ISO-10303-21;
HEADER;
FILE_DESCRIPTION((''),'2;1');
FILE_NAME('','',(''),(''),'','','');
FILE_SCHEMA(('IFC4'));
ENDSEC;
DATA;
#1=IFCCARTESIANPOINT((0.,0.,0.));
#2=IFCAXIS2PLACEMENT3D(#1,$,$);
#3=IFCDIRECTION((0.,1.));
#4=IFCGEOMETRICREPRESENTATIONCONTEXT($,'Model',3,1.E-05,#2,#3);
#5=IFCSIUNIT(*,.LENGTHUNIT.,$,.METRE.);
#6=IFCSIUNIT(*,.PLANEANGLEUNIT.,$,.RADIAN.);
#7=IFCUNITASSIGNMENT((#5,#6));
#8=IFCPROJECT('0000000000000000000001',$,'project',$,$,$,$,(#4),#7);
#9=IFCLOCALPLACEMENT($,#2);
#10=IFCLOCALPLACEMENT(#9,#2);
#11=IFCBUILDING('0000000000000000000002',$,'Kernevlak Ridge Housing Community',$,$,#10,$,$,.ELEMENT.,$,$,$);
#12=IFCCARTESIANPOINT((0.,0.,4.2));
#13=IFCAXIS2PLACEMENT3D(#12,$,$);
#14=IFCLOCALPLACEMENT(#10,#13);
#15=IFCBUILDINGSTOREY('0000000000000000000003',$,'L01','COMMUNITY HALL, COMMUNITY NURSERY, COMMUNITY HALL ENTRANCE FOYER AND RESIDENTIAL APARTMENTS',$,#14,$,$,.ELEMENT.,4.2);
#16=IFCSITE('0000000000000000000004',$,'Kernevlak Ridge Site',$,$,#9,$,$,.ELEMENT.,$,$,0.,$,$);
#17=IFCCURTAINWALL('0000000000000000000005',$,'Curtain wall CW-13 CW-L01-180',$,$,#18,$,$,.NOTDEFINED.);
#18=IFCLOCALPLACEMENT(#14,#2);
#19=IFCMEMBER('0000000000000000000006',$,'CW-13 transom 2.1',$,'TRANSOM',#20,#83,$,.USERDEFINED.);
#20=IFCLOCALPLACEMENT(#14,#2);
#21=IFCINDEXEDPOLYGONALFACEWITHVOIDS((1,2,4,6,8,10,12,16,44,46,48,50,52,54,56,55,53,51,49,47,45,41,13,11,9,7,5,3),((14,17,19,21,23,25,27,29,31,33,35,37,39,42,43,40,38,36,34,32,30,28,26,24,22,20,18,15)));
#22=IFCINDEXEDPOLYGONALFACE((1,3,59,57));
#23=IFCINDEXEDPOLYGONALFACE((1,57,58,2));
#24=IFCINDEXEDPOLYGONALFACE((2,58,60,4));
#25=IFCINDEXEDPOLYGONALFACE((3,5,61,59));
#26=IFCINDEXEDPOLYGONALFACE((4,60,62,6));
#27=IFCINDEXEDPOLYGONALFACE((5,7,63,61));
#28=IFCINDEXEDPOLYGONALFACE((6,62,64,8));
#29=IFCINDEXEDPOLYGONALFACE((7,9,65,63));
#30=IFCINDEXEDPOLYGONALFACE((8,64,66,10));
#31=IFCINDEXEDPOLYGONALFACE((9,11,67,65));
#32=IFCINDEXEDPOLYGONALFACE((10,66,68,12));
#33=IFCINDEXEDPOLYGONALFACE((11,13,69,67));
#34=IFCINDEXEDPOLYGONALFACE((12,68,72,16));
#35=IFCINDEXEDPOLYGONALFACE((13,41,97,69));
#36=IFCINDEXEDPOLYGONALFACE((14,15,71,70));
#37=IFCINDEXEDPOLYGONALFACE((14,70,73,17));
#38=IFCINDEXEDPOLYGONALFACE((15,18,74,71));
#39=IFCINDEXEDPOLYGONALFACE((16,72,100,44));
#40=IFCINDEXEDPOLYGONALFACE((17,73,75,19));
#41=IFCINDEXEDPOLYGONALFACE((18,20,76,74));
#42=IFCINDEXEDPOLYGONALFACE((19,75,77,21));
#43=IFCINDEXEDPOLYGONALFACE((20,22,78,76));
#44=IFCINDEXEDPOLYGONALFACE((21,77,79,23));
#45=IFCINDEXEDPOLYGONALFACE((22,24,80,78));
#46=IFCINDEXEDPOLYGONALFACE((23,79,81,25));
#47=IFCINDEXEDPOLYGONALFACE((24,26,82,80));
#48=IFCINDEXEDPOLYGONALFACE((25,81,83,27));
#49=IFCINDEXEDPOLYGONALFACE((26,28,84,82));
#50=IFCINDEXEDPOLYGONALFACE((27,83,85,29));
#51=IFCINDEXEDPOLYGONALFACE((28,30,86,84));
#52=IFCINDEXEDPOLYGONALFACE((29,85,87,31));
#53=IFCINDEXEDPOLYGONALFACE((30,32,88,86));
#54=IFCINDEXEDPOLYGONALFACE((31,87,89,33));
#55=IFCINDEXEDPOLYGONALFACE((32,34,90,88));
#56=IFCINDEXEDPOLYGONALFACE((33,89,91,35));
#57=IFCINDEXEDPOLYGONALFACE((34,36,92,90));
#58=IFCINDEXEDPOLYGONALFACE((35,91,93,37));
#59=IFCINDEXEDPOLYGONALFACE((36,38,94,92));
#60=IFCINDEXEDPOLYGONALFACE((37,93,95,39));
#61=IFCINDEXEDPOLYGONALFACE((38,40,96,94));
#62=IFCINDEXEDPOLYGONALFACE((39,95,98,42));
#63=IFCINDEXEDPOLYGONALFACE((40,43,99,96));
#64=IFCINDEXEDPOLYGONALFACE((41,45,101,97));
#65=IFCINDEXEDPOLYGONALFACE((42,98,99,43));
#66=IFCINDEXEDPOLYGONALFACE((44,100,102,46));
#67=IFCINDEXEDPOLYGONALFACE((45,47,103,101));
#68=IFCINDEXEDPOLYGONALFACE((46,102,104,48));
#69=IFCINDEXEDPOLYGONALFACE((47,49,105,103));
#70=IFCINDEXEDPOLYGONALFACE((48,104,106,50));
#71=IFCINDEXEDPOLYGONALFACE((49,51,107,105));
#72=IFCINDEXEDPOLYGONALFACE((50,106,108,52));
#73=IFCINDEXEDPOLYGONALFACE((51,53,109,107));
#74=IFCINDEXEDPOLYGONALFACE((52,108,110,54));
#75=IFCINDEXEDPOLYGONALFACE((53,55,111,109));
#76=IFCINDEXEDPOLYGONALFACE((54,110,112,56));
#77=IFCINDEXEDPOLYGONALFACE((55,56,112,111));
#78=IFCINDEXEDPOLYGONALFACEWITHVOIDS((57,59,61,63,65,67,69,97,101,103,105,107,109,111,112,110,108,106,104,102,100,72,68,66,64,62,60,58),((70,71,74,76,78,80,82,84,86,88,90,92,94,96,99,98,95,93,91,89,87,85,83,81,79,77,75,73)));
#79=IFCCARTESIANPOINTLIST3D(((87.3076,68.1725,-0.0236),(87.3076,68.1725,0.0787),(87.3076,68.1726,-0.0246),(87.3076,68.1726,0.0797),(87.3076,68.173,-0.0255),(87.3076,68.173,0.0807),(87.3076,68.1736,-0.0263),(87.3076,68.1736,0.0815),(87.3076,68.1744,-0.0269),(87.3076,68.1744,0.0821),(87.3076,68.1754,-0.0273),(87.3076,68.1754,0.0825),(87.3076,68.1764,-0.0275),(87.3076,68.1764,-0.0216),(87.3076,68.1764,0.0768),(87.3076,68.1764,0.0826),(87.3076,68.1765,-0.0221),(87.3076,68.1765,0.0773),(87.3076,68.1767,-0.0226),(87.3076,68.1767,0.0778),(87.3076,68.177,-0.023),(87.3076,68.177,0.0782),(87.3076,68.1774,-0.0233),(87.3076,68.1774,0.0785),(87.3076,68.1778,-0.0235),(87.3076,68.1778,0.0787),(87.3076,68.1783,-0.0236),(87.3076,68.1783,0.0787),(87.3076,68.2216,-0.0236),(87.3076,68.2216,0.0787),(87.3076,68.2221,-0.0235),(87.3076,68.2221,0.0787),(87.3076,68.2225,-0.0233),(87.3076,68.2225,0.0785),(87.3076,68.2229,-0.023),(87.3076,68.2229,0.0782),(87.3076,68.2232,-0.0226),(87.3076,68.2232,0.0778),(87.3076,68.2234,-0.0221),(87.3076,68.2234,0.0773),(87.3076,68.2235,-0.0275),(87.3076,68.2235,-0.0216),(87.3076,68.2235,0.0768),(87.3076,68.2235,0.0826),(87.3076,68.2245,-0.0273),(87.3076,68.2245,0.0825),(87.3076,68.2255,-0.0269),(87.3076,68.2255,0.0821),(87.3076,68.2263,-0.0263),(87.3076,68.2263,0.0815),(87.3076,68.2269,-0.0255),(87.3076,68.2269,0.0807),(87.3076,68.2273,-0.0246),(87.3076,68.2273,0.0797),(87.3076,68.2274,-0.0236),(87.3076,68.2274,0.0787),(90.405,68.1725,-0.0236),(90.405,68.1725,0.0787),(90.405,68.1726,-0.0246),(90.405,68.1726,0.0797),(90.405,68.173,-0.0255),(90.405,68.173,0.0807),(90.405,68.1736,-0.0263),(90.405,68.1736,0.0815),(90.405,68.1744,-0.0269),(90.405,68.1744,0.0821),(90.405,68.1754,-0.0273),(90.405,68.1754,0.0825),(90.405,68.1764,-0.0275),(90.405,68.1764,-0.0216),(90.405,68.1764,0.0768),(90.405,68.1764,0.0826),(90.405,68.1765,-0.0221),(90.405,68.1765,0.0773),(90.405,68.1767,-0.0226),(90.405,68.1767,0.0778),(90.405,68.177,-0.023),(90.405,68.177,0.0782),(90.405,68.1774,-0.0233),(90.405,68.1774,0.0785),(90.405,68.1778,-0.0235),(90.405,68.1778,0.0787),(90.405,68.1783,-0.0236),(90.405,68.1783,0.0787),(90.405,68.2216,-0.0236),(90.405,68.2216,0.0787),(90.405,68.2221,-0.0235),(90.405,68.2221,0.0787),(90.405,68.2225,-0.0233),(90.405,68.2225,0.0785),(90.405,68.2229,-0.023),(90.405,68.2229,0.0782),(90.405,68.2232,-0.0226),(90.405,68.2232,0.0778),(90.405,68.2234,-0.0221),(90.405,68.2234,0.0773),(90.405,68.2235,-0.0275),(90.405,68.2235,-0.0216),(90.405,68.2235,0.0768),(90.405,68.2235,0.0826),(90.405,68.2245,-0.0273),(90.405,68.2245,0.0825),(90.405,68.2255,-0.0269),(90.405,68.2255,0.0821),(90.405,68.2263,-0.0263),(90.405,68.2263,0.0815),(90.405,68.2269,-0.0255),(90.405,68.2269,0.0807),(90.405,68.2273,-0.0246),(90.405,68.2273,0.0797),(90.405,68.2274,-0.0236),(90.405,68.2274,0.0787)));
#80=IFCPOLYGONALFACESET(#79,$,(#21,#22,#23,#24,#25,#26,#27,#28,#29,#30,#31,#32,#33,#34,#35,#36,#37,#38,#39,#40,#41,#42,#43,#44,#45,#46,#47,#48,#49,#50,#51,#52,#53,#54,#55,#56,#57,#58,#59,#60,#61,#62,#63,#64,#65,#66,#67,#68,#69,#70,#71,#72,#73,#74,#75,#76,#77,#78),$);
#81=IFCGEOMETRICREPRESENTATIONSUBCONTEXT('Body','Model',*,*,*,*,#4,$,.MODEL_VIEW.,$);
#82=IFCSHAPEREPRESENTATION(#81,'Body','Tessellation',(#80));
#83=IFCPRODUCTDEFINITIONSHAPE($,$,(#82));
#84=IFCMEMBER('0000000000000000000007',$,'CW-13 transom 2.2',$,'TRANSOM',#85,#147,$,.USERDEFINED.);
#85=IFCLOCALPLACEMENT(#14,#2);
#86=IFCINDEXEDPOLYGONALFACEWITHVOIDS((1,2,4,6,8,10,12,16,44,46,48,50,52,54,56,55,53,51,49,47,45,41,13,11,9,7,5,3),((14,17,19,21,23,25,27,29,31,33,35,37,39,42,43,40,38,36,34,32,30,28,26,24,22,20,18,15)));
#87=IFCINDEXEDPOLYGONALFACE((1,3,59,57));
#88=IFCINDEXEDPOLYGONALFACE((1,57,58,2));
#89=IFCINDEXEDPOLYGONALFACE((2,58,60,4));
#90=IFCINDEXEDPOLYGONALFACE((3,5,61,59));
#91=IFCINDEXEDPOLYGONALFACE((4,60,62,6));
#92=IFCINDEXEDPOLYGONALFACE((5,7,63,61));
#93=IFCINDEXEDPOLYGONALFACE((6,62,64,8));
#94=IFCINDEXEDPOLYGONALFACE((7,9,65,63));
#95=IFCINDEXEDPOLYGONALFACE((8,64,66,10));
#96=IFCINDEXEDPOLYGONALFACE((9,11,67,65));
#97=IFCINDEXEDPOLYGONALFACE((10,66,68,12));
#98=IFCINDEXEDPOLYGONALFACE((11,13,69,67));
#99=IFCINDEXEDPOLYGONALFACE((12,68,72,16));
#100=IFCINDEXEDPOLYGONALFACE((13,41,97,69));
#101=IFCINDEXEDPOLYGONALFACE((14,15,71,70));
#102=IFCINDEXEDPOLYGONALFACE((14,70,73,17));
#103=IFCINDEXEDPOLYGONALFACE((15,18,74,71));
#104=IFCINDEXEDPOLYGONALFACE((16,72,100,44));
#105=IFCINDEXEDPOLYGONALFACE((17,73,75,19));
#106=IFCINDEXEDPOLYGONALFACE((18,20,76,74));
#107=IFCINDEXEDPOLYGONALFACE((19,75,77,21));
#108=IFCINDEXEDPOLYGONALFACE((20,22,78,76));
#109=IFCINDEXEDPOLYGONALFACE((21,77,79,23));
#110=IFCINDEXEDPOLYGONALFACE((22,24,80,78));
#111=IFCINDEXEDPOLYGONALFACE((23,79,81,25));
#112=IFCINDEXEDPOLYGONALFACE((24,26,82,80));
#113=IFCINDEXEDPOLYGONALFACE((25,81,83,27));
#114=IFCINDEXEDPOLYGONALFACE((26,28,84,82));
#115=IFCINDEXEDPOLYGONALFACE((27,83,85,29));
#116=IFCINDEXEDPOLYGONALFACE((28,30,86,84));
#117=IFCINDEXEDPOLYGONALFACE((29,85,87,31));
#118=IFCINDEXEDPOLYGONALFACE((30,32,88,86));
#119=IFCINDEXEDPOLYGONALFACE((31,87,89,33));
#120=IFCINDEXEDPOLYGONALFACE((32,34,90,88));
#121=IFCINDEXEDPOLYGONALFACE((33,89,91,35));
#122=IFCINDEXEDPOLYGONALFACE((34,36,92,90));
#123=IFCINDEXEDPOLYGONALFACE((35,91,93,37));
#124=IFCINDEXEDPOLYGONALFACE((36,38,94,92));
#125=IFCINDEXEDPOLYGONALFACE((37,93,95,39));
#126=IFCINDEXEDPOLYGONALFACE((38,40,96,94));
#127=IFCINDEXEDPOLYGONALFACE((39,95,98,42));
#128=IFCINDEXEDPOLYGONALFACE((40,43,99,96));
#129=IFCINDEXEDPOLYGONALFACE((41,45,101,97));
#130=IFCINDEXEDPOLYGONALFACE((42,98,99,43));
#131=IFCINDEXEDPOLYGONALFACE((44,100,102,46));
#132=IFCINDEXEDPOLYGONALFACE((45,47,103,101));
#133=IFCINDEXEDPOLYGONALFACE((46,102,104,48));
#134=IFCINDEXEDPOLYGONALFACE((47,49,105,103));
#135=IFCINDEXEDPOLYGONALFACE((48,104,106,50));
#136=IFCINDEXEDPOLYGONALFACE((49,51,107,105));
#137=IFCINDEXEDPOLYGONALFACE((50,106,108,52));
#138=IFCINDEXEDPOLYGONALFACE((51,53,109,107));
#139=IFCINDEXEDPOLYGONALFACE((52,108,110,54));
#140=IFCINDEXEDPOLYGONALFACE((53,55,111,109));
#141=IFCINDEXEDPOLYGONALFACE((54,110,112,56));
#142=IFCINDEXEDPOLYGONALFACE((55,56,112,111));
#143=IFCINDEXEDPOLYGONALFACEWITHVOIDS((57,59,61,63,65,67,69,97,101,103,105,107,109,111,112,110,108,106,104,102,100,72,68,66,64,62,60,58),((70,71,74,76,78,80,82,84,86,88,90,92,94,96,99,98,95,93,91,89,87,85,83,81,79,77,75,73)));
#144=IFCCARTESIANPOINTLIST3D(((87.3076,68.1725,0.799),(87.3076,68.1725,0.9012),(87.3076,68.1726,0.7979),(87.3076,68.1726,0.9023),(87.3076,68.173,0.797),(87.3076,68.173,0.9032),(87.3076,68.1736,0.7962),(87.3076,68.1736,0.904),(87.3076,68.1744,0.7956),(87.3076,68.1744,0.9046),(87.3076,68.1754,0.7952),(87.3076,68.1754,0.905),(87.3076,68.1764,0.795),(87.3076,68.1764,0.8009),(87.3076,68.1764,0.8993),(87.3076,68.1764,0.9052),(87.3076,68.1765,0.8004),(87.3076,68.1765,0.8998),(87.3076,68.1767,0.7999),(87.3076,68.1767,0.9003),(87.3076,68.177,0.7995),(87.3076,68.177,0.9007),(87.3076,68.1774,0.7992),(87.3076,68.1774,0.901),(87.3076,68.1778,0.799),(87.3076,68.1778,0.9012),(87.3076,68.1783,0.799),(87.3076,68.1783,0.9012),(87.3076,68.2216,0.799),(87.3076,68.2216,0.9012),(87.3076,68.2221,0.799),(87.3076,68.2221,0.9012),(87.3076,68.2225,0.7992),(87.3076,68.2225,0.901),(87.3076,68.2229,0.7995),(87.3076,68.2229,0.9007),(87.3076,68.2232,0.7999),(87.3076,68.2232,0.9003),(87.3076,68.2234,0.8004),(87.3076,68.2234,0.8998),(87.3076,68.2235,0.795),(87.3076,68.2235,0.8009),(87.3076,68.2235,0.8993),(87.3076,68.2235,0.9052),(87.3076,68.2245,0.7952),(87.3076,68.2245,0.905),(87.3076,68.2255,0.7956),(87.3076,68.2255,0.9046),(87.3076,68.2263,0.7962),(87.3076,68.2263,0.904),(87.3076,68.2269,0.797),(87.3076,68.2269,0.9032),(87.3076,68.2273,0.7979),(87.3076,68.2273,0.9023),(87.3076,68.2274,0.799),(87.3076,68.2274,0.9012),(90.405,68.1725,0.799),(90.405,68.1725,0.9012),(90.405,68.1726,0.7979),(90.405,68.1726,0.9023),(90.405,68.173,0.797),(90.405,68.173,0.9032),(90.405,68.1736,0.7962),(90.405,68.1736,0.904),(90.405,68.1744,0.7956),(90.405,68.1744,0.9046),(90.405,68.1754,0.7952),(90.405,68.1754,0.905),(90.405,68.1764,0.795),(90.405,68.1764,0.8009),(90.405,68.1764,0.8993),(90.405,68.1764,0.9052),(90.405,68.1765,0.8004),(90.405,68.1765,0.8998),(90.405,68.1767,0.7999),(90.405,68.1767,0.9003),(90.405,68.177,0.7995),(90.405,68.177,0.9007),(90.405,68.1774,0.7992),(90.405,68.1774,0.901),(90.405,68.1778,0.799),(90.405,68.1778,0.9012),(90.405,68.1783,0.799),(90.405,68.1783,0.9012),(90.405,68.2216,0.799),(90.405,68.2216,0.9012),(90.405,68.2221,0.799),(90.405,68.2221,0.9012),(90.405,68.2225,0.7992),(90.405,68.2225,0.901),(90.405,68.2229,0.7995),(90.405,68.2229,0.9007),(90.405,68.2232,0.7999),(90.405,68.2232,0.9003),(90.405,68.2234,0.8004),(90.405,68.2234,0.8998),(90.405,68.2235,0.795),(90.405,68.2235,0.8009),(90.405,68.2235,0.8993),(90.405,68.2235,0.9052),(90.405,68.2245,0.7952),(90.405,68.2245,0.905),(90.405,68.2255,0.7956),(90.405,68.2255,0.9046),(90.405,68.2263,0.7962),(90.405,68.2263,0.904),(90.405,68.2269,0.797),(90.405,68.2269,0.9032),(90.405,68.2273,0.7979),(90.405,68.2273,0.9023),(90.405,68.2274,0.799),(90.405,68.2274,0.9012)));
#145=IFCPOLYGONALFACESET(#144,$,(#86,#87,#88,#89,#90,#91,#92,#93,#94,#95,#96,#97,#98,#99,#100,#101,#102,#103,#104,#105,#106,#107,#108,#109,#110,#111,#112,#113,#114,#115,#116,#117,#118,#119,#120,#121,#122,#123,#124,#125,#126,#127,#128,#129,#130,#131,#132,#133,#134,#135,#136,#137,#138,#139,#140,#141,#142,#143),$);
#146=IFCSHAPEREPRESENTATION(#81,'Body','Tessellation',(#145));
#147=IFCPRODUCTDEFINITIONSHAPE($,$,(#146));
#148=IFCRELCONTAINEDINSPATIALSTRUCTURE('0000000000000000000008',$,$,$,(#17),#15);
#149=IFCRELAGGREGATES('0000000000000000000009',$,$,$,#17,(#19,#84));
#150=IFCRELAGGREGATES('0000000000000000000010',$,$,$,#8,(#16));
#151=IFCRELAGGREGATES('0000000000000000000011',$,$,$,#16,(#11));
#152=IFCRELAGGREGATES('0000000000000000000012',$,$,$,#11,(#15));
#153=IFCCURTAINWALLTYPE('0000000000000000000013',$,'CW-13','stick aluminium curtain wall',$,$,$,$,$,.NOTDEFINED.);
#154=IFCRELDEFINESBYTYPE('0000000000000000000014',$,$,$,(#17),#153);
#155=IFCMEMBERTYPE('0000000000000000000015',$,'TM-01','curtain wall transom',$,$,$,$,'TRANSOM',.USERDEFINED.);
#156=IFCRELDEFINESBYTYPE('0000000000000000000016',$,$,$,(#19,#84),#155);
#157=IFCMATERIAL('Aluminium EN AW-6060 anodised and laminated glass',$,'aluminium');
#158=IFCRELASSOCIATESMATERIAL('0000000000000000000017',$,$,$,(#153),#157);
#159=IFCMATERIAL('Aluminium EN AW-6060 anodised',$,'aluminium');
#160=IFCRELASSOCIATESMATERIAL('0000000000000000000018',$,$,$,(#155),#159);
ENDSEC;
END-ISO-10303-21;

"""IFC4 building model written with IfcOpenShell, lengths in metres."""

from ifc_helpers import new_model, si_unit, direction, frame, origin, origin_2d, place, context, subcontext, project, spatial, hollow_rectangle, extrude, material, material_profile, profile_set, type_object, element, aggregate, save


model = new_model("IFC4")

# Units and contexts
model_context = context("Model", 3, precision=1e-05, world=origin(), true_north=direction((0.0, 1.0)))
body_context = subcontext(model_context, "Body", "Model", "MODEL_VIEW")
ifc_project = project(units=[si_unit("LENGTHUNIT", "METRE"), si_unit("PLANEANGLEUNIT", "RADIAN")], contexts=[model_context])

# Site, building, storey
site_placement = place(None, origin())
site = spatial("IfcSite", under=ifc_project, at=site_placement, Name="Kernevlak Ridge Site", CompositionType="ELEMENT", RefElevation=0.0)
building_placement = place(site_placement, origin())
building = spatial("IfcBuilding", under=site, at=building_placement, Name="Kernevlak Ridge Housing Community", CompositionType="ELEMENT")
storey_placement = place(building_placement, frame((0.0, 0.0, 4.2)))
storey = spatial("IfcBuildingStorey", under=building, at=storey_placement, Name="L01", Description="COMMUNITY HALL, COMMUNITY NURSERY, COMMUNITY HALL ENTRANCE FOYER AND RESIDENTIAL APARTMENTS", CompositionType="ELEMENT", Elevation=4.2)

# Curtain wall
ifc_material_1 = material(Name="Aluminium EN AW-6060 anodised and laminated glass", Category="aluminium")
curtain_wall_type_1 = type_object("IfcCurtainWallType", Name="CW-13", Description="stick aluminium curtain wall", PredefinedType="NOTDEFINED", material=ifc_material_1)
curtain_wall_1_placement = place(storey_placement, origin())
curtain_wall_1 = element("IfcCurtainWall", 1, at=curtain_wall_1_placement, inside=storey, type_object=curtain_wall_type_1, Name="Curtain wall CW-13 CW-L01-180", PredefinedType="NOTDEFINED")
ifc_material_2 = material(Name="Aluminium EN AW-6060 anodised", Category="aluminium")

# Members
ifc_material_profile_1 = material_profile(ifc_material_2, hollow_rectangle(XDim=0.0549, YDim=0.1101, WallThickness=0.0039, InnerFilletRadius=0.002, OuterFilletRadius=0.0039, at=origin_2d()), Name="ALU 55x110x4")
ifc_profile_set_1 = profile_set([ifc_material_profile_1], Name="Aluminium EN AW-6060 anodised")
member_type_1 = type_object("IfcMemberType", Name="TM-01", Description="curtain wall transom", ElementType="TRANSOM", PredefinedType="USERDEFINED", material=ifc_profile_set_1)
member_1_placement = place(storey_placement, frame((87.3076, 68.2, 0.0276), z_axis=(1.0, 0.0, 0.0), x_axis=(0.0, 1.0, 0.0)))
member_1 = element("IfcMember", 2, at=member_1_placement, type_object=member_type_1, Name="CW-13 transom 2.1", ObjectType="TRANSOM", PredefinedType="USERDEFINED", context=body_context, shape_type="SweptSolid", body=[
    extrude(hollow_rectangle(XDim=0.0549, YDim=0.1101, WallThickness=0.0039, InnerFilletRadius=0.002, OuterFilletRadius=0.0039, at=origin_2d()), origin(), (0.0, 0.0, 1.0), 3.0974),
])
member_2_placement = place(storey_placement, frame((87.3076, 68.2, 0.8501), z_axis=(1.0, 0.0, 0.0), x_axis=(0.0, 1.0, 0.0)))
member_2 = element("IfcMember", 3, at=member_2_placement, type_object=member_type_1, Name="CW-13 transom 2.2", ObjectType="TRANSOM", PredefinedType="USERDEFINED", context=body_context, shape_type="SweptSolid", body=[
    extrude(hollow_rectangle(XDim=0.0549, YDim=0.1101, WallThickness=0.0039, InnerFilletRadius=0.002, OuterFilletRadius=0.0039, at=origin_2d()), origin(), (0.0, 0.0, 1.0), 3.0974),
])

aggregate(curtain_wall_1, [member_1, member_2])

save(model, "model.ifc")
